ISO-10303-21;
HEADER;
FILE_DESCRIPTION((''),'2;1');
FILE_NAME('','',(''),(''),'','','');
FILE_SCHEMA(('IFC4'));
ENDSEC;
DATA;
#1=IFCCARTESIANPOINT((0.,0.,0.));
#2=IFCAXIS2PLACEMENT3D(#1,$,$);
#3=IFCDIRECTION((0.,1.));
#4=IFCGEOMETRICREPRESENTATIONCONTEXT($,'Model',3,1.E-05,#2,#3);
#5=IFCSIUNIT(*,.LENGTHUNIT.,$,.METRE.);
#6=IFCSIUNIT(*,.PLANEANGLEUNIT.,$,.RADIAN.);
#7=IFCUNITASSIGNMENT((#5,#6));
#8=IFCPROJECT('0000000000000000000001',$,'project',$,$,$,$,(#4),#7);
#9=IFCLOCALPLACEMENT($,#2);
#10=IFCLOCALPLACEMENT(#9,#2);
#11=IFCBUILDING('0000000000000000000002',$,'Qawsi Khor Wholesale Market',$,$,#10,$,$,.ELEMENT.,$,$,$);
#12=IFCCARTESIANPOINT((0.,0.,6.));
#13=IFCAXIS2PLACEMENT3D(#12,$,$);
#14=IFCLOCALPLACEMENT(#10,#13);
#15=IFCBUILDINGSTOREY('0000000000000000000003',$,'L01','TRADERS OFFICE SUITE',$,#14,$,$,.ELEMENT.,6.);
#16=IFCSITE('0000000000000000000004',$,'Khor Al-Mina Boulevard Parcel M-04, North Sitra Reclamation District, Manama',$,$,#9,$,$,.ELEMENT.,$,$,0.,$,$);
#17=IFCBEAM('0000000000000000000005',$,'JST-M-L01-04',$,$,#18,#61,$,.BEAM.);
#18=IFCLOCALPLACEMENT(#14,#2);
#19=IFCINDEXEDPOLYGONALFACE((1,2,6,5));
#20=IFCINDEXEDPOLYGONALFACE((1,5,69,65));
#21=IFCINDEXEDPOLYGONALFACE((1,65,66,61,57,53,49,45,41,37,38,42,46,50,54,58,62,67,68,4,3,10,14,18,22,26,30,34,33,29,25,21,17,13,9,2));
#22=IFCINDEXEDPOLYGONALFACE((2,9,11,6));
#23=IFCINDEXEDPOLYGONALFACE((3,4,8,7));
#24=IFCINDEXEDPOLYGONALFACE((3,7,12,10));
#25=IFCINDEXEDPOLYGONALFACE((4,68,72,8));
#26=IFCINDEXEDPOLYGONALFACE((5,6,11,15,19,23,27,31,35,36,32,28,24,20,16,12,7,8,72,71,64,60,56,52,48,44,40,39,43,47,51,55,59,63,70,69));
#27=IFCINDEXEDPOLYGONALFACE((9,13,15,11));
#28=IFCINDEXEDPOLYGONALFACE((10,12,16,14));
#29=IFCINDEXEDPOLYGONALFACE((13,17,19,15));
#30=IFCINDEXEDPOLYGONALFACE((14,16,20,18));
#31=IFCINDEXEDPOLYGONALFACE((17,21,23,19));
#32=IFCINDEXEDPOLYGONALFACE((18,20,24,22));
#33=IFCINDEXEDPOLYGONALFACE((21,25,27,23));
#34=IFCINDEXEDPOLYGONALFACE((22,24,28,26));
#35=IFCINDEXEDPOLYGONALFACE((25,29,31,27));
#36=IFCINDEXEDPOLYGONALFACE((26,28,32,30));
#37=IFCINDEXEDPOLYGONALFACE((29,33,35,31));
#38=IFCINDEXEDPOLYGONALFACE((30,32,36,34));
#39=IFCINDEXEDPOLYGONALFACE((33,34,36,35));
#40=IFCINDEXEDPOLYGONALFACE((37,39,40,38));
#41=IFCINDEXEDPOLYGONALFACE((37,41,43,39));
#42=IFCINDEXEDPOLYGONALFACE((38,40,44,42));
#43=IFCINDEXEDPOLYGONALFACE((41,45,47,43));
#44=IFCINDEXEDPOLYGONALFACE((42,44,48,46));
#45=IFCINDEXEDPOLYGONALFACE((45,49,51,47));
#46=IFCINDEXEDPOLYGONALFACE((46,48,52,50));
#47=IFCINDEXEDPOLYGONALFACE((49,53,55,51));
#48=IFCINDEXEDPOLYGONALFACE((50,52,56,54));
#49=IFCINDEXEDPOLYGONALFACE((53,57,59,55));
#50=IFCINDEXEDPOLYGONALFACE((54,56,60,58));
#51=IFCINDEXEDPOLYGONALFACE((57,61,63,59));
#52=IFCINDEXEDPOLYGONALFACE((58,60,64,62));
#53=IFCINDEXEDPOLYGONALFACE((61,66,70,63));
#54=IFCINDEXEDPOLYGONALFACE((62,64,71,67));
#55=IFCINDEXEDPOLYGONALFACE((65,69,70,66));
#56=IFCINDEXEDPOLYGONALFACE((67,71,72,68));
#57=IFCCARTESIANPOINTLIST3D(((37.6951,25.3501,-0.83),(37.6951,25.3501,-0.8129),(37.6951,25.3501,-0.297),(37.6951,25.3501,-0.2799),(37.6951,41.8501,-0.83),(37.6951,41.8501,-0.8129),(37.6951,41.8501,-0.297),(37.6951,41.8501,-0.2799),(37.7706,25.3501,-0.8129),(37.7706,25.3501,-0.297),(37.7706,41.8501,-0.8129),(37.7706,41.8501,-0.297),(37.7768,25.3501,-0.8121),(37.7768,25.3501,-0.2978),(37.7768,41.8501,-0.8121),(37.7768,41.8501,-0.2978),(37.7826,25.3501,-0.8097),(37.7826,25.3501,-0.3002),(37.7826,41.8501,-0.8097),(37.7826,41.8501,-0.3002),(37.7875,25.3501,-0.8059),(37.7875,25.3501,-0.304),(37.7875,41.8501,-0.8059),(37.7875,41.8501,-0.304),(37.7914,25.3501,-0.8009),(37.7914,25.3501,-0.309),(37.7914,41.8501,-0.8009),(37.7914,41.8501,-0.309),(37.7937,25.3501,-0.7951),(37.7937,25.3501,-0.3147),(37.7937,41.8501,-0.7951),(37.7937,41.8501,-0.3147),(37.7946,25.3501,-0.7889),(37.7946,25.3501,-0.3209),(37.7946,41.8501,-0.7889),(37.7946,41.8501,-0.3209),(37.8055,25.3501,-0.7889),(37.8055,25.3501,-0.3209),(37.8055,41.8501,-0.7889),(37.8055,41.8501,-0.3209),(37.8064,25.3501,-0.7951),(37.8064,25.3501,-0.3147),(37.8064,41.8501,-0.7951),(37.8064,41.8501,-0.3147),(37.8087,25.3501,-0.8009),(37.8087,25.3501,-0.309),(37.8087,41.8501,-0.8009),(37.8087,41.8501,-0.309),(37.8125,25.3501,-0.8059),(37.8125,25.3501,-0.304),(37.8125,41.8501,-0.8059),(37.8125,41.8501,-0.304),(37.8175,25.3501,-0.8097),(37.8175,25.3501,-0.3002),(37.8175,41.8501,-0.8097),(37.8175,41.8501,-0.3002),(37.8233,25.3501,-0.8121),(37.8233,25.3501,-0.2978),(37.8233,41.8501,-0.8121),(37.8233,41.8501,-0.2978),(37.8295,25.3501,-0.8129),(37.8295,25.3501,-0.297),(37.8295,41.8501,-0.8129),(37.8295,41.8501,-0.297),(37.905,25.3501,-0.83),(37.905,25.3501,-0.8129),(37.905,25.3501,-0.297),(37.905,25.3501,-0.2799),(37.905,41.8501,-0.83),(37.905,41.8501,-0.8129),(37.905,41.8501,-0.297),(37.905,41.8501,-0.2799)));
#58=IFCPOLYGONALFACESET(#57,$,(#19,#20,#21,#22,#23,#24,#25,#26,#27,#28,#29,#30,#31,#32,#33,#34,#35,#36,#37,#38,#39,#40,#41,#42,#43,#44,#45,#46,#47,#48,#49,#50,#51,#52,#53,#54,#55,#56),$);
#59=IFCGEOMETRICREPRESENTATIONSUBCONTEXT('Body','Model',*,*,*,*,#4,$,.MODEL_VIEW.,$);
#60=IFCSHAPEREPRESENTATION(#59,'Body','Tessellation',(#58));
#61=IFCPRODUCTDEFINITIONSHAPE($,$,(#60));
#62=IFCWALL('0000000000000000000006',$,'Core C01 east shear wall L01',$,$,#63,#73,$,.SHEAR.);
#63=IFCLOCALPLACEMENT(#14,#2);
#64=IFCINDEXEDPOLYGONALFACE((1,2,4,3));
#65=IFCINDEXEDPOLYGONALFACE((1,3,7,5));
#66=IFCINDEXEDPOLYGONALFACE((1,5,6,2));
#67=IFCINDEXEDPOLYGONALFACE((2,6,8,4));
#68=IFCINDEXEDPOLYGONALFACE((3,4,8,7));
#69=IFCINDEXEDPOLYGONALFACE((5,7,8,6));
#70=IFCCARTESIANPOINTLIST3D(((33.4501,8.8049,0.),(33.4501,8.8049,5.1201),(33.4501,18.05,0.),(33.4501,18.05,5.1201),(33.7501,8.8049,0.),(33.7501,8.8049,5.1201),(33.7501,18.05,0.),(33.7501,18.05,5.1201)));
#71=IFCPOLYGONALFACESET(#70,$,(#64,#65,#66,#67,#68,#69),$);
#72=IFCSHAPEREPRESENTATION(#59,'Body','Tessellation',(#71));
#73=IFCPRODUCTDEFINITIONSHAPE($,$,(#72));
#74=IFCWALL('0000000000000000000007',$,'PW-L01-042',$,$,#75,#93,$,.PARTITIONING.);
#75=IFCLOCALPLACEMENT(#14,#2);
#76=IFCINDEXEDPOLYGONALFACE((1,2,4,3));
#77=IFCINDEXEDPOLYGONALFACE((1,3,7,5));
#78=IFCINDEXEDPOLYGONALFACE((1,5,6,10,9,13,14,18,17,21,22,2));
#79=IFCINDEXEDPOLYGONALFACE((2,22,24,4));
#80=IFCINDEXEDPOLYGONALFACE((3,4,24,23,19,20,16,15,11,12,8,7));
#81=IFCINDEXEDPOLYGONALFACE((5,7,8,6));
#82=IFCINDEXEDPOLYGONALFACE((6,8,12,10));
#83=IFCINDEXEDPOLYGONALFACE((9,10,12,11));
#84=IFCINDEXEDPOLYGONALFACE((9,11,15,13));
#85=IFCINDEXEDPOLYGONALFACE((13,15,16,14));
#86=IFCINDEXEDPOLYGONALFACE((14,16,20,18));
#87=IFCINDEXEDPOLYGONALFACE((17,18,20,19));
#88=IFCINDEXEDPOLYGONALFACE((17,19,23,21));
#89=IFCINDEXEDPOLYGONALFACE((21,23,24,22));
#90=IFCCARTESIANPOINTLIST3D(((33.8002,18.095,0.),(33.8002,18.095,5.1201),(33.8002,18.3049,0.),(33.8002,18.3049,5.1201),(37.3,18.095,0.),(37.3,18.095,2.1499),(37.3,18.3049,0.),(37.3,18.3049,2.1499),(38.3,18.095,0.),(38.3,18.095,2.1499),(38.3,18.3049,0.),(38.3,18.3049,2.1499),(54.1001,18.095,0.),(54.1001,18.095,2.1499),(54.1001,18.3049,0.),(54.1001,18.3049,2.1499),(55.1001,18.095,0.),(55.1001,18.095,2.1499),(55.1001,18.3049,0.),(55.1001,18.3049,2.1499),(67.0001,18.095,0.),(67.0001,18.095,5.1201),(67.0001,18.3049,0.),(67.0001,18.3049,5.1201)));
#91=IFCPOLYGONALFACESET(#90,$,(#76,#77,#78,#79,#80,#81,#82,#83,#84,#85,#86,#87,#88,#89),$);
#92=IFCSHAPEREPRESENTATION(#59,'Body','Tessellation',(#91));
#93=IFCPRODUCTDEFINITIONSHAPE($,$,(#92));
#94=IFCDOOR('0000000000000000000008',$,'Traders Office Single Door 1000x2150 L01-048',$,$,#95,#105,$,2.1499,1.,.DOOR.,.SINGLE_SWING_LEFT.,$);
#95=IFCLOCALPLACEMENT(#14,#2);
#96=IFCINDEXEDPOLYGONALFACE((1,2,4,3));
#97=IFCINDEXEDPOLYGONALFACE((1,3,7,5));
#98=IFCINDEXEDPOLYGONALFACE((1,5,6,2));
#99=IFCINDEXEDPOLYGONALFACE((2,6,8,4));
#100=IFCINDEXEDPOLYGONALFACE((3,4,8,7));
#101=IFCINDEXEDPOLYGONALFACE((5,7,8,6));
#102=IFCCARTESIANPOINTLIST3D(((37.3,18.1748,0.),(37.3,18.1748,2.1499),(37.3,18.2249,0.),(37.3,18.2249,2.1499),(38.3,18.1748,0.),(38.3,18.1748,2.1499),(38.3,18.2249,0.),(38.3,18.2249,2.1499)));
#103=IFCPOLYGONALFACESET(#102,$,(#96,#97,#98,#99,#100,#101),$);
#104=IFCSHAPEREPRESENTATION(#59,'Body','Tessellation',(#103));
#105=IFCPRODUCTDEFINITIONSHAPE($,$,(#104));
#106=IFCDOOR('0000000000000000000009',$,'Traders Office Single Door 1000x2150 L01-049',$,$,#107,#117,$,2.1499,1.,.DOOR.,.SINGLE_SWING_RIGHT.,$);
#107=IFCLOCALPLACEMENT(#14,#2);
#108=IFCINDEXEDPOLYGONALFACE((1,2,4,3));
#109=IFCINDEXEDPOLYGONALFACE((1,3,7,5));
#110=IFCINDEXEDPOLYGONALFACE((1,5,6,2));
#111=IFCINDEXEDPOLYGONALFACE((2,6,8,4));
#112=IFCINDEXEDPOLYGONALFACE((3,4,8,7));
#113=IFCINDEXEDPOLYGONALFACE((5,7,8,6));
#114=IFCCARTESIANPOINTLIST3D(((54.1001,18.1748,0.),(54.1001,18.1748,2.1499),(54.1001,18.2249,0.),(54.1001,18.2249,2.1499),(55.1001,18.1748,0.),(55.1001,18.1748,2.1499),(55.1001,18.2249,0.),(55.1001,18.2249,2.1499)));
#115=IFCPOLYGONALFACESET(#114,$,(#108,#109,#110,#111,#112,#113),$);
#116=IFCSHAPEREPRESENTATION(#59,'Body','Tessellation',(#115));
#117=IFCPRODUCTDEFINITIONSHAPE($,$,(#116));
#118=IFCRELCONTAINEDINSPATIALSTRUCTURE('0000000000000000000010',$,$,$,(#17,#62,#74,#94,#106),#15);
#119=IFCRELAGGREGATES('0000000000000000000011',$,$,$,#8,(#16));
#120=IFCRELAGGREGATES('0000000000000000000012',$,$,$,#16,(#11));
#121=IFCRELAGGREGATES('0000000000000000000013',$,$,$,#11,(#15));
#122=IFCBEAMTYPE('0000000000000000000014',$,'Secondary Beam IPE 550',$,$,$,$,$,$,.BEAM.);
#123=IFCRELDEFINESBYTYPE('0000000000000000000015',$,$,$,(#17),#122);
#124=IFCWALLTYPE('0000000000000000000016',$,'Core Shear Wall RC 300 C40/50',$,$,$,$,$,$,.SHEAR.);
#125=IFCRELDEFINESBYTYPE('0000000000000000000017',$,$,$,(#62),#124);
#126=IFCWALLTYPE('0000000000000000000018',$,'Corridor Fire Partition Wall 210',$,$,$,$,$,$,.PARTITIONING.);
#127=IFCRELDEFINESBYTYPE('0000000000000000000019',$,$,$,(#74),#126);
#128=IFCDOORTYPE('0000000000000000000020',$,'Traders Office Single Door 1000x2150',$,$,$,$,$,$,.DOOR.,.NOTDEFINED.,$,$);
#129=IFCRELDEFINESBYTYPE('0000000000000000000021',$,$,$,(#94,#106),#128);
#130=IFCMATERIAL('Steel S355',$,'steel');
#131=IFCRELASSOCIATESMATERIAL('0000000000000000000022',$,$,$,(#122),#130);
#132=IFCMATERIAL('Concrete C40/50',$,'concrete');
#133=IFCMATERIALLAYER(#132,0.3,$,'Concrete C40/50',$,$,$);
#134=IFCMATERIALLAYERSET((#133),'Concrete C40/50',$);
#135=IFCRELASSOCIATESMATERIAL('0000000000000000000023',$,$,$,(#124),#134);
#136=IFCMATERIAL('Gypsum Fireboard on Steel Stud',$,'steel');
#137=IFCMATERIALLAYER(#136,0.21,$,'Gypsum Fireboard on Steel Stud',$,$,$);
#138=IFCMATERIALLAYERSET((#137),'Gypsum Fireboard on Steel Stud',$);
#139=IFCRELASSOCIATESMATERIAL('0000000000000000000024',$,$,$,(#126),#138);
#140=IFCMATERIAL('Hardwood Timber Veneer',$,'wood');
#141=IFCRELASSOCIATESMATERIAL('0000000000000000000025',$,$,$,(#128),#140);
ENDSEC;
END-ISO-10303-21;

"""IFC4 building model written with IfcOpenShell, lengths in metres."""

from ifc_helpers import new_model, si_unit, direction, frame, frame_2d, origin, origin_2d, place, context, subcontext, project, spatial, rectangle, i_section, extrude, material, layer, layer_set, material_profile, profile_set, type_object, element, fill, save


model = new_model("IFC4")

# Units and contexts
model_context = context("Model", 3, precision=1e-05, world=origin(), true_north=direction((0.0, 1.0)))
body_context = subcontext(model_context, "Body", "Model", "MODEL_VIEW")
ifc_project = project(units=[si_unit("LENGTHUNIT", "METRE"), si_unit("PLANEANGLEUNIT", "RADIAN")], contexts=[model_context])

# Site, building, storey
site_placement = place(None, origin())
site = spatial("IfcSite", under=ifc_project, at=site_placement, Name="Khor Al-Mina Boulevard Parcel M-04, North Sitra Reclamation District, Manama", CompositionType="ELEMENT", RefElevation=0.0)
building_placement = place(site_placement, origin())
building = spatial("IfcBuilding", under=site, at=building_placement, Name="Qawsi Khor Wholesale Market", CompositionType="ELEMENT")
storey_placement = place(building_placement, frame((0.0, 0.0, 6.0)))
storey = spatial("IfcBuildingStorey", under=building, at=storey_placement, Name="L01", Description="TRADERS OFFICE SUITE", CompositionType="ELEMENT", Elevation=6.0)

# Shared definitions
ifc_material_1 = material(Name="Concrete C40/50", Category="concrete")

# Beam
ifc_material_2 = material(Name="Steel S355", Category="steel")
ifc_material_profile_1 = material_profile(ifc_material_2, i_section(OverallWidth=0.21, OverallDepth=0.55, WebThickness=0.011, FlangeThickness=0.0171, FilletRadius=0.0239, at=origin_2d()), Name="IPE 550")
ifc_profile_set_1 = profile_set([ifc_material_profile_1], Name="Steel S355")
beam_type_1 = type_object("IfcBeamType", Name="Secondary Beam IPE 550", PredefinedType="BEAM", material=ifc_profile_set_1)
for number, where, z_axis, x_axis, name in (
    (1, (37.8, 25.3501, -0.5549), (0.0, 1.0, 0.0), (-1.0, 0.0, 0.0), "JST-M-L01-04"),
):
    element("IfcBeam", number, at=place(storey_placement, frame(where, z_axis=z_axis, x_axis=x_axis)), inside=storey, type_object=beam_type_1, Name=name, PredefinedType="BEAM", context=body_context, shape_type="SweptSolid", body=[
        extrude(i_section(OverallWidth=0.21, OverallDepth=0.55, WebThickness=0.011, FlangeThickness=0.0171, FilletRadius=0.0239, at=origin_2d()), origin(), (0.0, 0.0, 1.0), 16.5),
    ])

# Wall
ifc_layer_1 = layer(ifc_material_1, 0.3, Name="Concrete C40/50")
ifc_layer_set_1 = layer_set([ifc_layer_1], Name="Concrete C40/50")
wall_type_1 = type_object("IfcWallType", Name="Core Shear Wall RC 300 C40/50", PredefinedType="SHEAR", material=ifc_layer_set_1)
wall_1_placement = place(storey_placement, frame((33.6001, 18.05, 0.0), z_axis=(0.0, 0.0, 1.0), x_axis=(0.0, -1.0, 0.0)))
element("IfcWall", 2, at=wall_1_placement, inside=storey, type_object=wall_type_1, Name="Core C01 east shear wall L01", PredefinedType="SHEAR", context=body_context, shape_type="SweptSolid", body=[
    extrude(rectangle(XDim=9.2451, YDim=0.3, at=frame_2d((4.6226, 0.0))), origin(), (0.0, 0.0, 1.0), 5.1201),
])

# Wall, openings, doors
ifc_material_3 = material(Name="Gypsum Fireboard on Steel Stud", Category="steel")
ifc_layer_2 = layer(ifc_material_3, 0.21, Name="Gypsum Fireboard on Steel Stud")
ifc_layer_set_2 = layer_set([ifc_layer_2], Name="Gypsum Fireboard on Steel Stud")
wall_type_2 = type_object("IfcWallType", Name="Corridor Fire Partition Wall 210", PredefinedType="PARTITIONING", material=ifc_layer_set_2)
wall_2_placement = place(storey_placement, frame((33.8, 18.2, 0.0), z_axis=(0.0, 0.0, 1.0), x_axis=(1.0, 0.0, 0.0)))
wall_2 = element("IfcWall", 3, at=wall_2_placement, inside=storey, type_object=wall_type_2, Name="PW-L01-042", PredefinedType="PARTITIONING", context=body_context, shape_type="SweptSolid", body=[
    extrude(rectangle(XDim=33.2, YDim=0.21, at=frame_2d((16.6001, 0.0))), origin(), (0.0, 0.0, 1.0), 5.1201),
])
opening_1_placement = place(wall_2_placement, frame((3.5, 0.0, 0.0)))
opening_1 = element("IfcOpeningElement", 4, at=opening_1_placement, cuts=wall_2, PredefinedType="OPENING", context=body_context, shape_type="SweptSolid", body=[
    extrude(rectangle(XDim=1.0, YDim=2.1499, at=frame_2d((0.5, 1.075))), frame((0.0, 0.115, 0.0), z_axis=(0.0, -1.0, 0.0), x_axis=(1.0, 0.0, 0.0)), (0.0, 0.0, 1.0), 0.23),
])
opening_2_placement = place(wall_2_placement, frame((20.3, 0.0, 0.0)))
opening_2 = element("IfcOpeningElement", 5, at=opening_2_placement, cuts=wall_2, PredefinedType="OPENING", context=body_context, shape_type="SweptSolid", body=[
    extrude(rectangle(XDim=1.0, YDim=2.1499, at=frame_2d((0.5, 1.075))), frame((0.0, 0.115, 0.0), z_axis=(0.0, -1.0, 0.0), x_axis=(1.0, 0.0, 0.0)), (0.0, 0.0, 1.0), 0.23),
])
ifc_material_4 = material(Name="Hardwood Timber Veneer", Category="wood")
door_type_1 = type_object("IfcDoorType", Name="Traders Office Single Door 1000x2150", OperationType="NOTDEFINED", PredefinedType="DOOR", material=ifc_material_4)
door_1_placement = place(opening_1_placement, origin())
door_1 = element("IfcDoor", 6, at=door_1_placement, inside=storey, type_object=door_type_1, Name="Traders Office Single Door 1000x2150 L01-048", OperationType="SINGLE_SWING_LEFT", OverallHeight=2.1499, OverallWidth=1.0, PredefinedType="DOOR", context=body_context, shape_type="SweptSolid", body=[
    extrude(rectangle(XDim=1.0, YDim=2.1499, at=frame_2d((0.5, 1.075))), frame((0.0, 0.0249, 0.0), z_axis=(0.0, -1.0, 0.0), x_axis=(1.0, 0.0, 0.0)), (0.0, 0.0, 1.0), 0.05),
])
fill(opening_1, door_1)
door_2_placement = place(opening_2_placement, origin())
door_2 = element("IfcDoor", 7, at=door_2_placement, inside=storey, type_object=door_type_1, Name="Traders Office Single Door 1000x2150 L01-049", OperationType="SINGLE_SWING_RIGHT", OverallHeight=2.1499, OverallWidth=1.0, PredefinedType="DOOR", context=body_context, shape_type="SweptSolid", body=[
    extrude(rectangle(XDim=1.0, YDim=2.1499, at=frame_2d((0.5, 1.075))), frame((0.0, 0.0249, 0.0), z_axis=(0.0, -1.0, 0.0), x_axis=(1.0, 0.0, 0.0)), (0.0, 0.0, 1.0), 0.05),
])
fill(opening_2, door_2)

save(model, "model.ifc")
